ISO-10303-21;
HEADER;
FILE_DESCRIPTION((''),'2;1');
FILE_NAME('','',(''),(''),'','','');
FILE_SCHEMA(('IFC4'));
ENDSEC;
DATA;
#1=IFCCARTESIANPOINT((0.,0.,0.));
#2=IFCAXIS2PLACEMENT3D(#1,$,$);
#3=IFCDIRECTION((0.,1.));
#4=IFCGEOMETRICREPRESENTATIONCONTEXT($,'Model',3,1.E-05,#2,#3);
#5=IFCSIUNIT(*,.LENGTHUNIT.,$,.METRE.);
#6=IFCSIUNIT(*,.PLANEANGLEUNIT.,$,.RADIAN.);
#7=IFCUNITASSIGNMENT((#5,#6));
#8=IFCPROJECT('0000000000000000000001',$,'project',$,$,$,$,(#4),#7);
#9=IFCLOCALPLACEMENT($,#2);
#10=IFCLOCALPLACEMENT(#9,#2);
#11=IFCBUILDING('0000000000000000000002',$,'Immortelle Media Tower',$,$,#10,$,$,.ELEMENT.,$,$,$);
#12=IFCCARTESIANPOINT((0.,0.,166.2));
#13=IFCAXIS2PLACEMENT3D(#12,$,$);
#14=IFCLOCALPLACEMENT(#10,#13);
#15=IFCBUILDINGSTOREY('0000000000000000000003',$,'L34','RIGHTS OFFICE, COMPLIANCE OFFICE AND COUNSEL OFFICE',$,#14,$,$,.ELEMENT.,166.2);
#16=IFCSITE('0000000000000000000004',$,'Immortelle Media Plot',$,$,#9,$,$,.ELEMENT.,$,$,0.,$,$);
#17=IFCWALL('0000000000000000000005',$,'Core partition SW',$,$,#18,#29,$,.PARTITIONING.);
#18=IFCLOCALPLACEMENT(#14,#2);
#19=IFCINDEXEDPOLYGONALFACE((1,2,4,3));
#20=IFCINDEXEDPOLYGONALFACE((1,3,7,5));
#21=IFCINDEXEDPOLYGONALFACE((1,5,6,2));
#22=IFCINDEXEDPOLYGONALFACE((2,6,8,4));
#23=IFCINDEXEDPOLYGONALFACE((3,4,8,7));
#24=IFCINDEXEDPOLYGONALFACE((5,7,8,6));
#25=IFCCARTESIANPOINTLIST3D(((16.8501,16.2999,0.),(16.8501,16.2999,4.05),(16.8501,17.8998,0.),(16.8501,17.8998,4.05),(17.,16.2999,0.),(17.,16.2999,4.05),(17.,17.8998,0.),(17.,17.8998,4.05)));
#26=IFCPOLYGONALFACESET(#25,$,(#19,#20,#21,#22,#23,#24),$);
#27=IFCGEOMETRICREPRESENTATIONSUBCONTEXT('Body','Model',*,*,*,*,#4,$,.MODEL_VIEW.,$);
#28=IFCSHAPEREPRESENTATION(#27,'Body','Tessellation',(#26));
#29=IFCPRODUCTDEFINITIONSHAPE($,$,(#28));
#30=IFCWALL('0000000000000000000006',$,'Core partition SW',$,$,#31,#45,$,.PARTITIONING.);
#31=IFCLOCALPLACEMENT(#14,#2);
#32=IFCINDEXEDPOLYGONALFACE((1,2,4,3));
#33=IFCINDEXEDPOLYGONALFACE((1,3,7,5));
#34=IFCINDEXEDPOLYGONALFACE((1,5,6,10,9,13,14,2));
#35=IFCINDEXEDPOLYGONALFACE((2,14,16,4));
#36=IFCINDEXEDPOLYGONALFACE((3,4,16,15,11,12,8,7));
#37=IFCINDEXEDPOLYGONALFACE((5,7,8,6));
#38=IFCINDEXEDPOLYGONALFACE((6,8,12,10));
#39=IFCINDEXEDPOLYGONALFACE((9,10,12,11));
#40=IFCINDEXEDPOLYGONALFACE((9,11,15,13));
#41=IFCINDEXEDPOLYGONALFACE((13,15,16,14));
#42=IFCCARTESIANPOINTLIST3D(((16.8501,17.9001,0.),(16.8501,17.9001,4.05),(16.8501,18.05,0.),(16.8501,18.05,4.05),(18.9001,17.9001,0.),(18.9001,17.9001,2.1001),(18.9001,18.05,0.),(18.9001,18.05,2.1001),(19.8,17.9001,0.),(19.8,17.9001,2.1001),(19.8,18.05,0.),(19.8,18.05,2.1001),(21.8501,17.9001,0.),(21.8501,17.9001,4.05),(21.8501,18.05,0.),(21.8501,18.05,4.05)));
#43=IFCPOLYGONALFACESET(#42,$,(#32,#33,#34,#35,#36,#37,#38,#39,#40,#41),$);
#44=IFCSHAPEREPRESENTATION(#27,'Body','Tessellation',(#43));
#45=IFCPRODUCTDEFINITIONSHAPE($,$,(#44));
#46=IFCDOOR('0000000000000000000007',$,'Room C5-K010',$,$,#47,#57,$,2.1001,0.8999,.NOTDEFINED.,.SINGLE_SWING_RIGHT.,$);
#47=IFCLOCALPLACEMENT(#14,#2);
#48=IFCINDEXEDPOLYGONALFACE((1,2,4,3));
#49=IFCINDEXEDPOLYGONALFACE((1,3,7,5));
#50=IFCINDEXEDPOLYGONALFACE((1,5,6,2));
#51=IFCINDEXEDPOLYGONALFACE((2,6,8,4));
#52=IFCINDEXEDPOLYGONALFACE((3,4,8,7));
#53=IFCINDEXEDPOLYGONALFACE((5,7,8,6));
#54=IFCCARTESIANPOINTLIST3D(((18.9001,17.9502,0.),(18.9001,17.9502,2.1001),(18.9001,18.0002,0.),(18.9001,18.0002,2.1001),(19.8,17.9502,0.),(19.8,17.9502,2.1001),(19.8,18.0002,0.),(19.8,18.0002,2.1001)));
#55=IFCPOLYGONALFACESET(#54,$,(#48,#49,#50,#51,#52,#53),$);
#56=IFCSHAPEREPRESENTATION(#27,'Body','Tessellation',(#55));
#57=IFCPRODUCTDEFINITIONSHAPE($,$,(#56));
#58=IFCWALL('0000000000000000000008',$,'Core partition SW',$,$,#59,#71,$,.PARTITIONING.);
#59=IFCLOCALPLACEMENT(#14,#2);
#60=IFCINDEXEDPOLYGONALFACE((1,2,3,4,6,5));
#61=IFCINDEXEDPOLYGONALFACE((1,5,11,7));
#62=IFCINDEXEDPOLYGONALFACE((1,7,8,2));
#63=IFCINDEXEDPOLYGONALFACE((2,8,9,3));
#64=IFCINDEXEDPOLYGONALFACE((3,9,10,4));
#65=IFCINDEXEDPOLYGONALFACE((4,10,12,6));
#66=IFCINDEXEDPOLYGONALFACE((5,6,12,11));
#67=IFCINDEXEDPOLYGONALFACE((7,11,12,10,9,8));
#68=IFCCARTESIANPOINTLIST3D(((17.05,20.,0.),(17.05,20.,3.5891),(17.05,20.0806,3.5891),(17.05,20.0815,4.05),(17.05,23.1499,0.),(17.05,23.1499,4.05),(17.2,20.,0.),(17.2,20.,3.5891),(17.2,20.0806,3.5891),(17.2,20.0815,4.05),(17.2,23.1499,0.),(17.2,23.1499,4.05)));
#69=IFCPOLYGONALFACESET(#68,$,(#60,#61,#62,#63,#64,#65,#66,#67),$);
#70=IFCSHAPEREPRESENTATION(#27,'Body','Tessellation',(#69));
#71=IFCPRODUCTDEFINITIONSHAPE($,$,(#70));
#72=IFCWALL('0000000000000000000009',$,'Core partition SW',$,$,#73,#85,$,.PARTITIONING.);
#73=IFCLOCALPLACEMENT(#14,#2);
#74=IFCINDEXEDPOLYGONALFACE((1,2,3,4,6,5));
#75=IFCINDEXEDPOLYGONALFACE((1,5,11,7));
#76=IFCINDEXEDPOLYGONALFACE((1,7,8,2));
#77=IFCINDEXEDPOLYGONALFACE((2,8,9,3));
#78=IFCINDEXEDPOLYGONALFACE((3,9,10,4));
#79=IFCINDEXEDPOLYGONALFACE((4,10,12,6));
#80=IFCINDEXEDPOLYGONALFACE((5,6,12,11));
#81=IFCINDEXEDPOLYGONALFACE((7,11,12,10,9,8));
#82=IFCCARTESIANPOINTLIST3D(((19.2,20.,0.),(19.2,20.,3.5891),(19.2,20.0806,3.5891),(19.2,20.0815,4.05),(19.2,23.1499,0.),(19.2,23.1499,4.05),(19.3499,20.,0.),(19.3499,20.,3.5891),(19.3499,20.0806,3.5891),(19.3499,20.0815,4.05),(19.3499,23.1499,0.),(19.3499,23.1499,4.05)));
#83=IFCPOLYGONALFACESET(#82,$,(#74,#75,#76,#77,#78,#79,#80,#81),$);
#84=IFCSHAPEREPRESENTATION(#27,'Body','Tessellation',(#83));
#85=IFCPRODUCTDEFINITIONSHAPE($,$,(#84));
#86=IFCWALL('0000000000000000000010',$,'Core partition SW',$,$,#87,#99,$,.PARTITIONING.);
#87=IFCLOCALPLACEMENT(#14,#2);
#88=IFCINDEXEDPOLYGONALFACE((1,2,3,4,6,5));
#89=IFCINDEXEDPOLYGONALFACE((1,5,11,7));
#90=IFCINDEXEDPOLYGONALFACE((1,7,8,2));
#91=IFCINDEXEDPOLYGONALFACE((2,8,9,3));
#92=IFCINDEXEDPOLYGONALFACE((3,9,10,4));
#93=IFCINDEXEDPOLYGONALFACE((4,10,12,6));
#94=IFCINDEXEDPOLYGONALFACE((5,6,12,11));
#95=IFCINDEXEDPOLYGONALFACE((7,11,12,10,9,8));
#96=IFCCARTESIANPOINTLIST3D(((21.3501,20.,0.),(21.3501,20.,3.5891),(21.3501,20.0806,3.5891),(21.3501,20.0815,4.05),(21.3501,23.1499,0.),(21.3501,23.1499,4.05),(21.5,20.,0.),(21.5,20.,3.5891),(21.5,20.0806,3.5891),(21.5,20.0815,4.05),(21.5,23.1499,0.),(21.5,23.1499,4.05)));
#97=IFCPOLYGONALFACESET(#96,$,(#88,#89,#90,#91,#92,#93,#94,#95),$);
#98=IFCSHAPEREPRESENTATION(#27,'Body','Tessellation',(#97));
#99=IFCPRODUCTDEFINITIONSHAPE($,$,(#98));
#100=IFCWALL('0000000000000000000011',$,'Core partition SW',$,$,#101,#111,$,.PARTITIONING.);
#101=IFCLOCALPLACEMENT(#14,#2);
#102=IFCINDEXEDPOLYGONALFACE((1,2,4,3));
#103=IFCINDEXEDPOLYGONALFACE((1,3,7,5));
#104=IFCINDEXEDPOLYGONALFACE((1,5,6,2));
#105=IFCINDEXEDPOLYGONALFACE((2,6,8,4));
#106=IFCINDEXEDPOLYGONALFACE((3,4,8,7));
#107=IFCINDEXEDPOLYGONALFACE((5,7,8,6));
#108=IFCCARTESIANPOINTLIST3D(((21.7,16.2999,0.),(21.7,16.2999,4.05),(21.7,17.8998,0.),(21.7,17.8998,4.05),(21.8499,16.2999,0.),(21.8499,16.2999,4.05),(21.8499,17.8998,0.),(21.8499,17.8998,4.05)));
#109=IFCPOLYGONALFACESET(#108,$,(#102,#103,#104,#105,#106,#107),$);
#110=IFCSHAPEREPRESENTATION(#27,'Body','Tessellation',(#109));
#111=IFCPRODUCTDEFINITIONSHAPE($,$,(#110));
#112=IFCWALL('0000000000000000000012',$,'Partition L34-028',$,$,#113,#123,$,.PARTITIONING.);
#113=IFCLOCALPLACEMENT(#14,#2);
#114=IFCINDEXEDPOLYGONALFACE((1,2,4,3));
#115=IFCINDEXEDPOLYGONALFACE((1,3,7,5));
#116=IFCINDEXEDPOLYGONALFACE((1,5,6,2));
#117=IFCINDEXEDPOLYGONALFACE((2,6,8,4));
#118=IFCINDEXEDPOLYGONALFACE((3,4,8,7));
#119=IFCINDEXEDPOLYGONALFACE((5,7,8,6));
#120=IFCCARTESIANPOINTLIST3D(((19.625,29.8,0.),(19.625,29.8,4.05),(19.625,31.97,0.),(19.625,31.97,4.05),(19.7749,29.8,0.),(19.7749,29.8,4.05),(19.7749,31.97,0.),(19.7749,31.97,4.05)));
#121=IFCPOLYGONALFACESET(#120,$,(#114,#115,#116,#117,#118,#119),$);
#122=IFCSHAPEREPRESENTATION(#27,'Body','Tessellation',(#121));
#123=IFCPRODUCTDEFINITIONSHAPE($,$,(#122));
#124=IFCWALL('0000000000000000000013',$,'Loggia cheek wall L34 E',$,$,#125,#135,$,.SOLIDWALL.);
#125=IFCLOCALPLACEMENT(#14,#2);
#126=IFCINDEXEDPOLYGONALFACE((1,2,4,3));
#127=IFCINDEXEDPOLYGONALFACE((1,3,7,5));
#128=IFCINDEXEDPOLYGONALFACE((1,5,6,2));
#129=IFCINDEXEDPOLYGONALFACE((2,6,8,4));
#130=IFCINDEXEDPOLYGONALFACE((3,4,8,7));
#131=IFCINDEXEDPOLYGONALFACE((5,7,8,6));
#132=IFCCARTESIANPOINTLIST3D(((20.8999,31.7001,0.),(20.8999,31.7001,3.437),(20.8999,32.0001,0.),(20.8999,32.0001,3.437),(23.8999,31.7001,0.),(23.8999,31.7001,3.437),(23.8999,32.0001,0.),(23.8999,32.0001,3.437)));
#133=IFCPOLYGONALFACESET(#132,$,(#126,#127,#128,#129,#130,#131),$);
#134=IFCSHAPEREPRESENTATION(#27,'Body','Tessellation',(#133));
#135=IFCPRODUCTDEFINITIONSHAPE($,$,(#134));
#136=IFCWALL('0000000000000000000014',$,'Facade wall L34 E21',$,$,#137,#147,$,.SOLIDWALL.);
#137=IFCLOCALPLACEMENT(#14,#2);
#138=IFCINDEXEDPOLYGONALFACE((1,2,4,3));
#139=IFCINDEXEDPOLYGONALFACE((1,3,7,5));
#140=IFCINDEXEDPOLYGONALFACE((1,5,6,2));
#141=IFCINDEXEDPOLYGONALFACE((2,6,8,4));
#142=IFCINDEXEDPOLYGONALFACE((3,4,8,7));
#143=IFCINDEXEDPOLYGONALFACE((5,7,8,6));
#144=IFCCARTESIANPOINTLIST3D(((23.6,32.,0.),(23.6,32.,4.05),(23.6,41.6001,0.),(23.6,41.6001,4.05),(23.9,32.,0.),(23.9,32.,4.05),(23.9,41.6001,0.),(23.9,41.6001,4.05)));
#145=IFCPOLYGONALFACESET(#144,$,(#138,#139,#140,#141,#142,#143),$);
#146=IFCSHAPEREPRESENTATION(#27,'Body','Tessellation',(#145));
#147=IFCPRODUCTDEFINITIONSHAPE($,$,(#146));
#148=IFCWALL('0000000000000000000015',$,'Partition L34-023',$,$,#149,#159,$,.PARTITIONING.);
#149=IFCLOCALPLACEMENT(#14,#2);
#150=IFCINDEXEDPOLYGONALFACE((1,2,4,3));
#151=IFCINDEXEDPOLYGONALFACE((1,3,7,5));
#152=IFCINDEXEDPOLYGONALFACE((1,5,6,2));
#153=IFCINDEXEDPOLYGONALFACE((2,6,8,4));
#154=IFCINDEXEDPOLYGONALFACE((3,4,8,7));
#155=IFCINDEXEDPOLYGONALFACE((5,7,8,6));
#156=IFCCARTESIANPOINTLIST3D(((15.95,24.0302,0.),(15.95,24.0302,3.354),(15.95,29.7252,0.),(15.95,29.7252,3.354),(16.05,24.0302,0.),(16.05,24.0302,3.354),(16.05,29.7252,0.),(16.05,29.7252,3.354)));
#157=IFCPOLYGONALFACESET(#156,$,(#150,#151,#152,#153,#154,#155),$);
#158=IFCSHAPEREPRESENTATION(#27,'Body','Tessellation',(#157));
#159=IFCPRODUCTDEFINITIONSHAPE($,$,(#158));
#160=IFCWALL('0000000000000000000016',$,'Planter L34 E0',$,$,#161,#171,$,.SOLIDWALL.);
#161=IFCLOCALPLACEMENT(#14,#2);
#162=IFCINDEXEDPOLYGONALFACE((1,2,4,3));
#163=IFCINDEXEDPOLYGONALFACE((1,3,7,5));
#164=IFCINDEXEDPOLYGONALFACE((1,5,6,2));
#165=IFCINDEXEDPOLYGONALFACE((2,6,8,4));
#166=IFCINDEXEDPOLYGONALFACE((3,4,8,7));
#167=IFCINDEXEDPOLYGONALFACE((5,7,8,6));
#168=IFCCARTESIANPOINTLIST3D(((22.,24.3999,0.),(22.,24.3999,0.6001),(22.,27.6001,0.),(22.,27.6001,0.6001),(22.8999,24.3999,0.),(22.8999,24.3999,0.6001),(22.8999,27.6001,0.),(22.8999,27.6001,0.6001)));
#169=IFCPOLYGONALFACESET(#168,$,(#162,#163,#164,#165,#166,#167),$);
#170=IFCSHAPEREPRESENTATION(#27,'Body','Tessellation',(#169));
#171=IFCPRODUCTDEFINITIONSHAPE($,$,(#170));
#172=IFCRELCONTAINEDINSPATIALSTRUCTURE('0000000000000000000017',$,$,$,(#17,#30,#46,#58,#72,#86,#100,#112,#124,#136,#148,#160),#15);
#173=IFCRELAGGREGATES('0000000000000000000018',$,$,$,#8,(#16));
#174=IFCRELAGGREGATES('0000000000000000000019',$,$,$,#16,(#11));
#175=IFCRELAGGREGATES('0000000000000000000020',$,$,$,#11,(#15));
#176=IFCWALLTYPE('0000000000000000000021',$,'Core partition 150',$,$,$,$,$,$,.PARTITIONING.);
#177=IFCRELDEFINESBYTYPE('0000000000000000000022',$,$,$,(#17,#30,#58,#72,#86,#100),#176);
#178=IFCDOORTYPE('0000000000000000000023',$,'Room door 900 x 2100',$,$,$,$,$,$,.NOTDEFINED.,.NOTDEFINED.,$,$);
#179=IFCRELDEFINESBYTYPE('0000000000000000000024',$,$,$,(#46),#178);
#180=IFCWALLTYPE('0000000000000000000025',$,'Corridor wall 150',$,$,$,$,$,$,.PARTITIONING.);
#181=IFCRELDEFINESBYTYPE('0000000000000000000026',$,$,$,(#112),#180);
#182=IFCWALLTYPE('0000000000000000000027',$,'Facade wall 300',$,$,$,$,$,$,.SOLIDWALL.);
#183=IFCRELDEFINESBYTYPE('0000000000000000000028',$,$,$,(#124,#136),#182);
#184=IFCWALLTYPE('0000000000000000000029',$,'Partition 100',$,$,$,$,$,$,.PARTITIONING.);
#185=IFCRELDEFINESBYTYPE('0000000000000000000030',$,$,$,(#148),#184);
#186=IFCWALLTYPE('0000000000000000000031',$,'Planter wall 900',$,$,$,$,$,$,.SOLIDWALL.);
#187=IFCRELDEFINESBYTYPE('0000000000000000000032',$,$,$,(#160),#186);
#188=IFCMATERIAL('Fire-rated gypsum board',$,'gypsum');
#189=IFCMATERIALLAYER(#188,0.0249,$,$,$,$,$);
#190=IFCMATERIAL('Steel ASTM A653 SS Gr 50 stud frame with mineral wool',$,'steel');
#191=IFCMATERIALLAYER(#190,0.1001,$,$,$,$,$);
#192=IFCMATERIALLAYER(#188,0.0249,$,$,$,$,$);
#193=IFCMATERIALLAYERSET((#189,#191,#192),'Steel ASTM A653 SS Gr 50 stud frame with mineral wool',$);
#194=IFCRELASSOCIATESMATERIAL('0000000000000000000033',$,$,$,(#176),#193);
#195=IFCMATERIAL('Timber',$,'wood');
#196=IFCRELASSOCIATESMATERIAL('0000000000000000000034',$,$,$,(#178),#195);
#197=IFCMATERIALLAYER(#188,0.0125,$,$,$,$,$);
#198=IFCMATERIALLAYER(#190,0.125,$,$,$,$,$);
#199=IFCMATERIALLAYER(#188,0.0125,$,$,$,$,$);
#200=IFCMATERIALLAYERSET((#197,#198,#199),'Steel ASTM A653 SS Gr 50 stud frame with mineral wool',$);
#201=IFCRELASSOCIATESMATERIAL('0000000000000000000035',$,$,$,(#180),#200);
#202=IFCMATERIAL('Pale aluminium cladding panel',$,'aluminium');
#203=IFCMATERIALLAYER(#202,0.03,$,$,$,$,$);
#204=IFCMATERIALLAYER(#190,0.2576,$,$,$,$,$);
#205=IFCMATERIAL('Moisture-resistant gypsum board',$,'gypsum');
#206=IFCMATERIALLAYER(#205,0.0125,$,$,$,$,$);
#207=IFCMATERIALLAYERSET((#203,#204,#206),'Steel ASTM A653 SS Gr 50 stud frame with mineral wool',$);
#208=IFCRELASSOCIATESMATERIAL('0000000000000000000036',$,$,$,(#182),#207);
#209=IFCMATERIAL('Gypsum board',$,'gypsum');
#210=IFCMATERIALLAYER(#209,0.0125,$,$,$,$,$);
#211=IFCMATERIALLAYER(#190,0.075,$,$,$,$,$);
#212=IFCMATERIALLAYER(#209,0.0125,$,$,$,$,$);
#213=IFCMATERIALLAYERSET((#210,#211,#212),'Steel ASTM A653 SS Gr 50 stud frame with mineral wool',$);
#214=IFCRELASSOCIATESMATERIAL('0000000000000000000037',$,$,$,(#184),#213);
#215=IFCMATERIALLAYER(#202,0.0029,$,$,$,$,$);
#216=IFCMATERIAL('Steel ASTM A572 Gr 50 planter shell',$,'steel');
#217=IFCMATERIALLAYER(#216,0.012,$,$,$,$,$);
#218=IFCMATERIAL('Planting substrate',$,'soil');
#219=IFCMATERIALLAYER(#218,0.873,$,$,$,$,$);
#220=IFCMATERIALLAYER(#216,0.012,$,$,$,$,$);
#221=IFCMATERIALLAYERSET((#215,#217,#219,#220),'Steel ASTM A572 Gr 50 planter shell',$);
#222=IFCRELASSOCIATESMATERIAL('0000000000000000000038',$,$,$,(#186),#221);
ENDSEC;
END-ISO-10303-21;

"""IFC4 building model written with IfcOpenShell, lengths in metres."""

from ifc_helpers import new_model, si_unit, direction, frame, frame_2d, origin, place, context, subcontext, project, spatial, polyline, rectangle, outline, extrude, material, layer, layer_set, type_object, element, fill, save


model = new_model("IFC4")

# Units and contexts
model_context = context("Model", 3, precision=1e-05, world=origin(), true_north=direction((0.0, 1.0)))
body_context = subcontext(model_context, "Body", "Model", "MODEL_VIEW")
ifc_project = project(units=[si_unit("LENGTHUNIT", "METRE"), si_unit("PLANEANGLEUNIT", "RADIAN")], contexts=[model_context])

# Site, building, storey
site_placement = place(None, origin())
site = spatial("IfcSite", under=ifc_project, at=site_placement, Name="Immortelle Media Plot", CompositionType="ELEMENT", RefElevation=0.0)
building_placement = place(site_placement, origin())
building = spatial("IfcBuilding", under=site, at=building_placement, Name="Immortelle Media Tower", CompositionType="ELEMENT")
storey_placement = place(building_placement, frame((0.0, 0.0, 166.2)))
storey = spatial("IfcBuildingStorey", under=building, at=storey_placement, Name="L34", Description="RIGHTS OFFICE, COMPLIANCE OFFICE AND COUNSEL OFFICE", CompositionType="ELEMENT", Elevation=166.2)

# Wall
ifc_material_1 = material(Name="Fire-rated gypsum board", Category="gypsum")
ifc_layer_1 = layer(ifc_material_1, 0.0249)
ifc_material_2 = material(Name="Steel ASTM A653 SS Gr 50 stud frame with mineral wool", Category="steel")
ifc_layer_2 = layer(ifc_material_2, 0.1001)
ifc_layer_3 = layer(ifc_material_1, 0.0249)
ifc_layer_set_1 = layer_set([ifc_layer_1, ifc_layer_2, ifc_layer_3], Name="Steel ASTM A653 SS Gr 50 stud frame with mineral wool")
wall_type_1 = type_object("IfcWallType", Name="Core partition 150", PredefinedType="PARTITIONING", material=ifc_layer_set_1)
wall_1_placement = place(storey_placement, frame((16.925, 16.3, 0.0), z_axis=(0.0, 0.0, 1.0), x_axis=(0.0, 1.0, 0.0)))
element("IfcWall", 1, at=wall_1_placement, inside=storey, type_object=wall_type_1, Name="Core partition SW", PredefinedType="PARTITIONING", context=body_context, shape_type="SweptSolid", body=[
    extrude(rectangle(XDim=1.5999, YDim=0.1499, at=frame_2d((0.7998, 0.0))), origin(), (0.0, 0.0, 1.0), 4.05),
])

# Wall, opening, door
wall_2_placement = place(storey_placement, frame((16.8501, 17.9751, 0.0), z_axis=(0.0, 0.0, 1.0), x_axis=(1.0, 0.0, 0.0)))
wall_2 = element("IfcWall", 2, at=wall_2_placement, inside=storey, type_object=wall_type_1, Name="Core partition SW", PredefinedType="PARTITIONING", context=body_context, shape_type="SweptSolid", body=[
    extrude(rectangle(XDim=5.0, YDim=0.1499, at=frame_2d((2.5, 0.0))), origin(), (0.0, 0.0, 1.0), 4.05),
])
opening_1_placement = place(wall_2_placement, frame((2.95, 0.0, 0.0), z_axis=(0.0, 0.0, 1.0), x_axis=(-1.0, 0.0, 0.0)))
opening_1 = element("IfcOpeningElement", 3, at=opening_1_placement, cuts=wall_2, PredefinedType="OPENING", context=body_context, shape_type="SweptSolid", body=[
    extrude(rectangle(XDim=0.8999, YDim=2.1001, at=frame_2d((0.45, 1.05))), frame((0.0, 0.085, 0.0), z_axis=(0.0, -1.0, 0.0), x_axis=(1.0, 0.0, 0.0)), (0.0, 0.0, 1.0), 0.1699),
])
ifc_material_3 = material(Name="Timber", Category="wood")
door_type_1 = type_object("IfcDoorType", Name="Room door 900 x 2100", OperationType="NOTDEFINED", PredefinedType="NOTDEFINED", material=ifc_material_3)
door_1_placement = place(opening_1_placement, origin())
door_1 = element("IfcDoor", 4, at=door_1_placement, inside=storey, type_object=door_type_1, Name="Room C5-K010", OperationType="SINGLE_SWING_RIGHT", OverallHeight=2.1001, OverallWidth=0.8999, PredefinedType="NOTDEFINED", context=body_context, shape_type="SweptSolid", body=[
    extrude(rectangle(XDim=0.8999, YDim=2.1001, at=frame_2d((0.45, 1.05))), frame((0.0, 0.0249, 0.0), z_axis=(0.0, -1.0, 0.0), x_axis=(1.0, 0.0, 0.0)), (0.0, 0.0, 1.0), 0.05),
])
fill(opening_1, door_1)

# Walls
for number, where, z_axis, x_axis, name in (
    (5, (17.125, 20.0, 0.0), (0.0, 0.0, 1.0), (0.0, 1.0, 0.0), "Core partition SW"),
    (6, (19.2749, 20.0, 0.0), (0.0, 0.0, 1.0), (0.0, 1.0, 0.0), "Core partition SW"),
    (7, (21.425, 20.0, 0.0), (0.0, 0.0, 1.0), (0.0, 1.0, 0.0), "Core partition SW"),
):
    element("IfcWall", number, at=place(storey_placement, frame(where, z_axis=z_axis, x_axis=x_axis)), inside=storey, type_object=wall_type_1, Name=name, PredefinedType="PARTITIONING", context=body_context, shape_type="SweptSolid", body=[
        extrude(outline(polyline([(0.0, 0.0), (3.1499, 0.0), (3.1499, 4.05), (0.0815, 4.05), (0.0806, 3.5891), (0.0, 3.5891), (0.0, 0.0)])), frame((0.0, 0.075, 0.0), z_axis=(0.0, -1.0, 0.0), x_axis=(1.0, 0.0, 0.0)), (0.0, 0.0, 1.0), 0.1499),
    ])
wall_3_placement = place(storey_placement, frame((21.7749, 16.3, 0.0), z_axis=(0.0, 0.0, 1.0), x_axis=(0.0, 1.0, 0.0)))
element("IfcWall", 8, at=wall_3_placement, inside=storey, type_object=wall_type_1, Name="Core partition SW", PredefinedType="PARTITIONING", context=body_context, shape_type="SweptSolid", body=[
    extrude(rectangle(XDim=1.5999, YDim=0.1499, at=frame_2d((0.7998, 0.0))), origin(), (0.0, 0.0, 1.0), 4.05),
])
ifc_layer_4 = layer(ifc_material_1, 0.0125)
ifc_layer_5 = layer(ifc_material_2, 0.125)
ifc_layer_6 = layer(ifc_material_1, 0.0125)
ifc_layer_set_2 = layer_set([ifc_layer_4, ifc_layer_5, ifc_layer_6], Name="Steel ASTM A653 SS Gr 50 stud frame with mineral wool")
wall_type_2 = type_object("IfcWallType", Name="Corridor wall 150", PredefinedType="PARTITIONING", material=ifc_layer_set_2)
wall_4_placement = place(storey_placement, frame((19.7, 29.8, 0.0), z_axis=(0.0, 0.0, 1.0), x_axis=(0.0, 1.0, 0.0)))
element("IfcWall", 9, at=wall_4_placement, inside=storey, type_object=wall_type_2, Name="Partition L34-028", PredefinedType="PARTITIONING", context=body_context, shape_type="SweptSolid", body=[
    extrude(rectangle(XDim=2.1699, YDim=0.1499, at=frame_2d((1.085, 0.0))), origin(), (0.0, 0.0, 1.0), 4.05),
])

# Shared definitions
ifc_material_4 = material(Name="Pale aluminium cladding panel", Category="aluminium")
ifc_layer_7 = layer(ifc_material_4, 0.03)
ifc_layer_8 = layer(ifc_material_2, 0.2576)
ifc_material_5 = material(Name="Moisture-resistant gypsum board", Category="gypsum")
ifc_layer_9 = layer(ifc_material_5, 0.0125)
ifc_layer_set_3 = layer_set([ifc_layer_7, ifc_layer_8, ifc_layer_9], Name="Steel ASTM A653 SS Gr 50 stud frame with mineral wool")
wall_type_3 = type_object("IfcWallType", Name="Facade wall 300", PredefinedType="SOLIDWALL", material=ifc_layer_set_3)

# Walls
wall_5_placement = place(storey_placement, frame((23.8999, 31.8501, 0.0), z_axis=(0.0, 0.0, 1.0), x_axis=(-1.0, 0.0, 0.0)))
element("IfcWall", 10, at=wall_5_placement, inside=storey, type_object=wall_type_3, Name="Loggia cheek wall L34 E", PredefinedType="SOLIDWALL", context=body_context, shape_type="SweptSolid", body=[
    extrude(rectangle(XDim=3.0, YDim=0.3, at=frame_2d((1.5, 0.0))), origin(), (0.0, 0.0, 1.0), 3.437),
])
wall_6_placement = place(storey_placement, frame((23.75, 32.0, 0.0), z_axis=(0.0, 0.0, 1.0), x_axis=(0.0, 1.0, 0.0)))
element("IfcWall", 11, at=wall_6_placement, inside=storey, type_object=wall_type_3, Name="Facade wall L34 E21", PredefinedType="SOLIDWALL", context=body_context, shape_type="SweptSolid", body=[
    extrude(rectangle(XDim=9.6001, YDim=0.3, at=frame_2d((4.8, 0.0))), origin(), (0.0, 0.0, 1.0), 4.05),
])
ifc_material_6 = material(Name="Gypsum board", Category="gypsum")
ifc_layer_10 = layer(ifc_material_6, 0.0125)
ifc_layer_11 = layer(ifc_material_2, 0.075)
ifc_layer_12 = layer(ifc_material_6, 0.0125)
ifc_layer_set_4 = layer_set([ifc_layer_10, ifc_layer_11, ifc_layer_12], Name="Steel ASTM A653 SS Gr 50 stud frame with mineral wool")
wall_type_4 = type_object("IfcWallType", Name="Partition 100", PredefinedType="PARTITIONING", material=ifc_layer_set_4)
wall_7_placement = place(storey_placement, frame((16.0, 24.03, 0.0), z_axis=(0.0, 0.0, 1.0), x_axis=(0.0, 1.0, 0.0)))
element("IfcWall", 12, at=wall_7_placement, inside=storey, type_object=wall_type_4, Name="Partition L34-023", PredefinedType="PARTITIONING", context=body_context, shape_type="SweptSolid", body=[
    extrude(rectangle(XDim=5.6951, YDim=0.1001, at=frame_2d((2.8477, 0.0))), origin(), (0.0, 0.0, 1.0), 3.354),
])
ifc_layer_13 = layer(ifc_material_4, 0.0029)
ifc_material_7 = material(Name="Steel ASTM A572 Gr 50 planter shell", Category="steel")
ifc_layer_14 = layer(ifc_material_7, 0.012)
ifc_material_8 = material(Name="Planting substrate", Category="soil")
ifc_layer_15 = layer(ifc_material_8, 0.873)
ifc_layer_16 = layer(ifc_material_7, 0.012)
ifc_layer_set_5 = layer_set([ifc_layer_13, ifc_layer_14, ifc_layer_15, ifc_layer_16], Name="Steel ASTM A572 Gr 50 planter shell")
wall_type_5 = type_object("IfcWallType", Name="Planter wall 900", PredefinedType="SOLIDWALL", material=ifc_layer_set_5)
wall_8_placement = place(storey_placement, frame((22.45, 24.3999, 0.0), z_axis=(0.0, 0.0, 1.0), x_axis=(0.0, 1.0, 0.0)))
element("IfcWall", 13, at=wall_8_placement, inside=storey, type_object=wall_type_5, Name="Planter L34 E0", PredefinedType="SOLIDWALL", context=body_context, shape_type="SweptSolid", body=[
    extrude(rectangle(XDim=3.2002, YDim=0.8999, at=frame_2d((1.6001, 0.0))), origin(), (0.0, 0.0, 1.0), 0.6001),
])

save(model, "model.ifc")
